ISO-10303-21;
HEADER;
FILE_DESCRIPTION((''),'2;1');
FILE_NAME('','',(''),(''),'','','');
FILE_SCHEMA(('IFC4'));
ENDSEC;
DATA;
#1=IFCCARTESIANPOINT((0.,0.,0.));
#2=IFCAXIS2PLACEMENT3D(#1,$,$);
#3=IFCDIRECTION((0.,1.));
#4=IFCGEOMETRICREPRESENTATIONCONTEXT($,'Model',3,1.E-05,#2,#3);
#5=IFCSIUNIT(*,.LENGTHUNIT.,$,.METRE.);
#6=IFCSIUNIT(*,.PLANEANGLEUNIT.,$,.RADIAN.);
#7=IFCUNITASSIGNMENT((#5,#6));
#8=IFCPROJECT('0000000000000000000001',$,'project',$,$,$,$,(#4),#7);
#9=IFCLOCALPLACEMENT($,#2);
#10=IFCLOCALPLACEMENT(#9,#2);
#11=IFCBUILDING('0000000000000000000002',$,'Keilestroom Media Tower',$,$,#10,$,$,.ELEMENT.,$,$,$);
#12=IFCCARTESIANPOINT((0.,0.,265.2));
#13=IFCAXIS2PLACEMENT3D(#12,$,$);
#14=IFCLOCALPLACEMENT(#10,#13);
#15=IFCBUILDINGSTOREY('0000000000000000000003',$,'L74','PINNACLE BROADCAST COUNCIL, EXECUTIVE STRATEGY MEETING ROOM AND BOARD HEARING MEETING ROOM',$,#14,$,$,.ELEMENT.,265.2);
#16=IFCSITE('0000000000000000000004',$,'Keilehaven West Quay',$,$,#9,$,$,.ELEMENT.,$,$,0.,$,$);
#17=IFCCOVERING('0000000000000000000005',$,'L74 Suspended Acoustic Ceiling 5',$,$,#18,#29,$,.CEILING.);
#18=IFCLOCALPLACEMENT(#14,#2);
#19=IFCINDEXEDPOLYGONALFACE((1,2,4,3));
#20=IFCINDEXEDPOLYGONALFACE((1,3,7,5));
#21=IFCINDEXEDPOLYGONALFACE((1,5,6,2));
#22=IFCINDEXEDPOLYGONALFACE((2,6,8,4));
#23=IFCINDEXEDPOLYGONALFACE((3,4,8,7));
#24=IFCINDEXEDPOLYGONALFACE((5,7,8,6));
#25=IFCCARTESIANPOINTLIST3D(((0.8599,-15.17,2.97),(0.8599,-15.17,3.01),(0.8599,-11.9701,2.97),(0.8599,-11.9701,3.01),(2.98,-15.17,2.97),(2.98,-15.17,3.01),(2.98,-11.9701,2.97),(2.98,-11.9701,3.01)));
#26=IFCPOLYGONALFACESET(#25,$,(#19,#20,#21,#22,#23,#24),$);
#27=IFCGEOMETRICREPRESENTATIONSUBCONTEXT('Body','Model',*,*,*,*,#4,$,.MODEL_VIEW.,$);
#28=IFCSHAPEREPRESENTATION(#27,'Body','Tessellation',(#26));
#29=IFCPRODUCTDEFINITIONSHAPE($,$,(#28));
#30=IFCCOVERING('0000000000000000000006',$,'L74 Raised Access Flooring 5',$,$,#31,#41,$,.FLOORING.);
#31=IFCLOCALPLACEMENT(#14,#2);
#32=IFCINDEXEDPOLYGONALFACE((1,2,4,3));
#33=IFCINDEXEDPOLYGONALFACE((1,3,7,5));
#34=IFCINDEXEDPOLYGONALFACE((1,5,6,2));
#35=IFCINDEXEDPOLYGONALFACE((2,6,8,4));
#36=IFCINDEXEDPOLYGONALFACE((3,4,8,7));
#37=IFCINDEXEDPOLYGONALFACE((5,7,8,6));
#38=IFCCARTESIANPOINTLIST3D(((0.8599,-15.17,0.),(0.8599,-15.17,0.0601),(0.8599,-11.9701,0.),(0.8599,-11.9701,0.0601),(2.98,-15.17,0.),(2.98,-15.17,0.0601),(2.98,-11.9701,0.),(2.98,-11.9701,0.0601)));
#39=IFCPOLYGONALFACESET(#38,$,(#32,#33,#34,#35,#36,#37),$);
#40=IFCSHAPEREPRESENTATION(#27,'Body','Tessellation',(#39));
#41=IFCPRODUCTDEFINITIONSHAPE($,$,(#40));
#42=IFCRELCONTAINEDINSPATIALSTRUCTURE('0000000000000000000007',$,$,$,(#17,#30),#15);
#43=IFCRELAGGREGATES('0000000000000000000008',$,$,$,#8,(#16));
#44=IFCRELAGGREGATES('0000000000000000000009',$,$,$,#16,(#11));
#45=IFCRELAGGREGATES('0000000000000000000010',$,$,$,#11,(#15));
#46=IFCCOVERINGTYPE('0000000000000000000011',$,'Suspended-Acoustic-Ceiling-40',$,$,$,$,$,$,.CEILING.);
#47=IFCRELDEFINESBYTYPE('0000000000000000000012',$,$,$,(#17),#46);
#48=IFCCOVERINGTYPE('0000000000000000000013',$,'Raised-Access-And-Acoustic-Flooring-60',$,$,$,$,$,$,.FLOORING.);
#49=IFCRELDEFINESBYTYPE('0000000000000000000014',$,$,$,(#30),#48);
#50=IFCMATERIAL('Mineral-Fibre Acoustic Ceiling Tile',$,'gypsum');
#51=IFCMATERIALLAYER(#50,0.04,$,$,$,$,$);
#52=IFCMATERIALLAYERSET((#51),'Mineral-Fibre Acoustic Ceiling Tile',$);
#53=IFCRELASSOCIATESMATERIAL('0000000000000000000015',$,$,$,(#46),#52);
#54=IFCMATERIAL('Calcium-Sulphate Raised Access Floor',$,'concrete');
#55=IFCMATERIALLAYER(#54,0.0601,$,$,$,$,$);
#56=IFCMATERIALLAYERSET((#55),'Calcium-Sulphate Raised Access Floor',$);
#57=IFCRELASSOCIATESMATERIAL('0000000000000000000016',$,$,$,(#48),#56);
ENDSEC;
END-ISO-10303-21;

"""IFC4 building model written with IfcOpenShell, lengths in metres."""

from ifc_helpers import new_model, si_unit, direction, frame, origin, origin_2d, place, context, subcontext, project, spatial, rectangle, extrude, source, transform, mapped, material, layer, layer_set, type_object, element, save


model = new_model("IFC4")

# Units and contexts
model_context = context("Model", 3, precision=1e-05, world=origin(), true_north=direction((0.0, 1.0)))
body_context = subcontext(model_context, "Body", "Model", "MODEL_VIEW")
ifc_project = project(units=[si_unit("LENGTHUNIT", "METRE"), si_unit("PLANEANGLEUNIT", "RADIAN")], contexts=[model_context])

# Site, building, storey
site_placement = place(None, origin())
site = spatial("IfcSite", under=ifc_project, at=site_placement, Name="Keilehaven West Quay", CompositionType="ELEMENT", RefElevation=0.0)
building_placement = place(site_placement, origin())
building = spatial("IfcBuilding", under=site, at=building_placement, Name="Keilestroom Media Tower", CompositionType="ELEMENT")
storey_placement = place(building_placement, frame((0.0, 0.0, 265.2)))
storey = spatial("IfcBuildingStorey", under=building, at=storey_placement, Name="L74", Description="PINNACLE BROADCAST COUNCIL, EXECUTIVE STRATEGY MEETING ROOM AND BOARD HEARING MEETING ROOM", CompositionType="ELEMENT", Elevation=265.2)

# Coverings
ifc_material_1 = material(Name="Mineral-Fibre Acoustic Ceiling Tile", Category="gypsum")
ifc_layer_1 = layer(ifc_material_1, 0.04)
ifc_layer_set_1 = layer_set([ifc_layer_1], Name="Mineral-Fibre Acoustic Ceiling Tile")
covering_type_1 = type_object("IfcCoveringType", Name="Suspended-Acoustic-Ceiling-40", PredefinedType="CEILING", material=ifc_layer_set_1)
shared_shape_1 = source(origin(), body_context, "Body", "SweptSolid", [
    extrude(rectangle(XDim=2.1201, YDim=3.2, at=origin_2d()), origin(), (0.0, 0.0, 1.0), 0.04),
])
covering_1_placement = place(storey_placement, frame((1.9199, -13.5701, 2.97), z_axis=(0.0, 0.0, 1.0), x_axis=(1.0, 0.0, 0.0)))
element("IfcCovering", 1, at=covering_1_placement, inside=storey, type_object=covering_type_1, Name="L74 Suspended Acoustic Ceiling 5", PredefinedType="CEILING", context=body_context, shape_type="MappedRepresentation", body=[
    mapped(shared_shape_1, transform((0.0, 0.0, 0.0), x_axis=(1.0, 0.0, 0.0), y_axis=(0.0, 1.0, 0.0), z_axis=(0.0, 0.0, 1.0), scale=1.0)),
])
ifc_material_2 = material(Name="Calcium-Sulphate Raised Access Floor", Category="concrete")
ifc_layer_2 = layer(ifc_material_2, 0.0601)
ifc_layer_set_2 = layer_set([ifc_layer_2], Name="Calcium-Sulphate Raised Access Floor")
covering_type_2 = type_object("IfcCoveringType", Name="Raised-Access-And-Acoustic-Flooring-60", PredefinedType="FLOORING", material=ifc_layer_set_2)
shared_shape_2 = source(origin(), body_context, "Body", "SweptSolid", [
    extrude(rectangle(XDim=2.1201, YDim=3.2, at=origin_2d()), origin(), (0.0, 0.0, 1.0), 0.0601),
])
covering_2_placement = place(storey_placement, frame((1.9199, -13.5701, 0.0), z_axis=(0.0, 0.0, 1.0), x_axis=(1.0, 0.0, 0.0)))
element("IfcCovering", 2, at=covering_2_placement, inside=storey, type_object=covering_type_2, Name="L74 Raised Access Flooring 5", PredefinedType="FLOORING", context=body_context, shape_type="MappedRepresentation", body=[
    mapped(shared_shape_2, transform((0.0, 0.0, 0.0), x_axis=(1.0, 0.0, 0.0), y_axis=(0.0, 1.0, 0.0), z_axis=(0.0, 0.0, 1.0), scale=1.0)),
])

save(model, "model.ifc")
